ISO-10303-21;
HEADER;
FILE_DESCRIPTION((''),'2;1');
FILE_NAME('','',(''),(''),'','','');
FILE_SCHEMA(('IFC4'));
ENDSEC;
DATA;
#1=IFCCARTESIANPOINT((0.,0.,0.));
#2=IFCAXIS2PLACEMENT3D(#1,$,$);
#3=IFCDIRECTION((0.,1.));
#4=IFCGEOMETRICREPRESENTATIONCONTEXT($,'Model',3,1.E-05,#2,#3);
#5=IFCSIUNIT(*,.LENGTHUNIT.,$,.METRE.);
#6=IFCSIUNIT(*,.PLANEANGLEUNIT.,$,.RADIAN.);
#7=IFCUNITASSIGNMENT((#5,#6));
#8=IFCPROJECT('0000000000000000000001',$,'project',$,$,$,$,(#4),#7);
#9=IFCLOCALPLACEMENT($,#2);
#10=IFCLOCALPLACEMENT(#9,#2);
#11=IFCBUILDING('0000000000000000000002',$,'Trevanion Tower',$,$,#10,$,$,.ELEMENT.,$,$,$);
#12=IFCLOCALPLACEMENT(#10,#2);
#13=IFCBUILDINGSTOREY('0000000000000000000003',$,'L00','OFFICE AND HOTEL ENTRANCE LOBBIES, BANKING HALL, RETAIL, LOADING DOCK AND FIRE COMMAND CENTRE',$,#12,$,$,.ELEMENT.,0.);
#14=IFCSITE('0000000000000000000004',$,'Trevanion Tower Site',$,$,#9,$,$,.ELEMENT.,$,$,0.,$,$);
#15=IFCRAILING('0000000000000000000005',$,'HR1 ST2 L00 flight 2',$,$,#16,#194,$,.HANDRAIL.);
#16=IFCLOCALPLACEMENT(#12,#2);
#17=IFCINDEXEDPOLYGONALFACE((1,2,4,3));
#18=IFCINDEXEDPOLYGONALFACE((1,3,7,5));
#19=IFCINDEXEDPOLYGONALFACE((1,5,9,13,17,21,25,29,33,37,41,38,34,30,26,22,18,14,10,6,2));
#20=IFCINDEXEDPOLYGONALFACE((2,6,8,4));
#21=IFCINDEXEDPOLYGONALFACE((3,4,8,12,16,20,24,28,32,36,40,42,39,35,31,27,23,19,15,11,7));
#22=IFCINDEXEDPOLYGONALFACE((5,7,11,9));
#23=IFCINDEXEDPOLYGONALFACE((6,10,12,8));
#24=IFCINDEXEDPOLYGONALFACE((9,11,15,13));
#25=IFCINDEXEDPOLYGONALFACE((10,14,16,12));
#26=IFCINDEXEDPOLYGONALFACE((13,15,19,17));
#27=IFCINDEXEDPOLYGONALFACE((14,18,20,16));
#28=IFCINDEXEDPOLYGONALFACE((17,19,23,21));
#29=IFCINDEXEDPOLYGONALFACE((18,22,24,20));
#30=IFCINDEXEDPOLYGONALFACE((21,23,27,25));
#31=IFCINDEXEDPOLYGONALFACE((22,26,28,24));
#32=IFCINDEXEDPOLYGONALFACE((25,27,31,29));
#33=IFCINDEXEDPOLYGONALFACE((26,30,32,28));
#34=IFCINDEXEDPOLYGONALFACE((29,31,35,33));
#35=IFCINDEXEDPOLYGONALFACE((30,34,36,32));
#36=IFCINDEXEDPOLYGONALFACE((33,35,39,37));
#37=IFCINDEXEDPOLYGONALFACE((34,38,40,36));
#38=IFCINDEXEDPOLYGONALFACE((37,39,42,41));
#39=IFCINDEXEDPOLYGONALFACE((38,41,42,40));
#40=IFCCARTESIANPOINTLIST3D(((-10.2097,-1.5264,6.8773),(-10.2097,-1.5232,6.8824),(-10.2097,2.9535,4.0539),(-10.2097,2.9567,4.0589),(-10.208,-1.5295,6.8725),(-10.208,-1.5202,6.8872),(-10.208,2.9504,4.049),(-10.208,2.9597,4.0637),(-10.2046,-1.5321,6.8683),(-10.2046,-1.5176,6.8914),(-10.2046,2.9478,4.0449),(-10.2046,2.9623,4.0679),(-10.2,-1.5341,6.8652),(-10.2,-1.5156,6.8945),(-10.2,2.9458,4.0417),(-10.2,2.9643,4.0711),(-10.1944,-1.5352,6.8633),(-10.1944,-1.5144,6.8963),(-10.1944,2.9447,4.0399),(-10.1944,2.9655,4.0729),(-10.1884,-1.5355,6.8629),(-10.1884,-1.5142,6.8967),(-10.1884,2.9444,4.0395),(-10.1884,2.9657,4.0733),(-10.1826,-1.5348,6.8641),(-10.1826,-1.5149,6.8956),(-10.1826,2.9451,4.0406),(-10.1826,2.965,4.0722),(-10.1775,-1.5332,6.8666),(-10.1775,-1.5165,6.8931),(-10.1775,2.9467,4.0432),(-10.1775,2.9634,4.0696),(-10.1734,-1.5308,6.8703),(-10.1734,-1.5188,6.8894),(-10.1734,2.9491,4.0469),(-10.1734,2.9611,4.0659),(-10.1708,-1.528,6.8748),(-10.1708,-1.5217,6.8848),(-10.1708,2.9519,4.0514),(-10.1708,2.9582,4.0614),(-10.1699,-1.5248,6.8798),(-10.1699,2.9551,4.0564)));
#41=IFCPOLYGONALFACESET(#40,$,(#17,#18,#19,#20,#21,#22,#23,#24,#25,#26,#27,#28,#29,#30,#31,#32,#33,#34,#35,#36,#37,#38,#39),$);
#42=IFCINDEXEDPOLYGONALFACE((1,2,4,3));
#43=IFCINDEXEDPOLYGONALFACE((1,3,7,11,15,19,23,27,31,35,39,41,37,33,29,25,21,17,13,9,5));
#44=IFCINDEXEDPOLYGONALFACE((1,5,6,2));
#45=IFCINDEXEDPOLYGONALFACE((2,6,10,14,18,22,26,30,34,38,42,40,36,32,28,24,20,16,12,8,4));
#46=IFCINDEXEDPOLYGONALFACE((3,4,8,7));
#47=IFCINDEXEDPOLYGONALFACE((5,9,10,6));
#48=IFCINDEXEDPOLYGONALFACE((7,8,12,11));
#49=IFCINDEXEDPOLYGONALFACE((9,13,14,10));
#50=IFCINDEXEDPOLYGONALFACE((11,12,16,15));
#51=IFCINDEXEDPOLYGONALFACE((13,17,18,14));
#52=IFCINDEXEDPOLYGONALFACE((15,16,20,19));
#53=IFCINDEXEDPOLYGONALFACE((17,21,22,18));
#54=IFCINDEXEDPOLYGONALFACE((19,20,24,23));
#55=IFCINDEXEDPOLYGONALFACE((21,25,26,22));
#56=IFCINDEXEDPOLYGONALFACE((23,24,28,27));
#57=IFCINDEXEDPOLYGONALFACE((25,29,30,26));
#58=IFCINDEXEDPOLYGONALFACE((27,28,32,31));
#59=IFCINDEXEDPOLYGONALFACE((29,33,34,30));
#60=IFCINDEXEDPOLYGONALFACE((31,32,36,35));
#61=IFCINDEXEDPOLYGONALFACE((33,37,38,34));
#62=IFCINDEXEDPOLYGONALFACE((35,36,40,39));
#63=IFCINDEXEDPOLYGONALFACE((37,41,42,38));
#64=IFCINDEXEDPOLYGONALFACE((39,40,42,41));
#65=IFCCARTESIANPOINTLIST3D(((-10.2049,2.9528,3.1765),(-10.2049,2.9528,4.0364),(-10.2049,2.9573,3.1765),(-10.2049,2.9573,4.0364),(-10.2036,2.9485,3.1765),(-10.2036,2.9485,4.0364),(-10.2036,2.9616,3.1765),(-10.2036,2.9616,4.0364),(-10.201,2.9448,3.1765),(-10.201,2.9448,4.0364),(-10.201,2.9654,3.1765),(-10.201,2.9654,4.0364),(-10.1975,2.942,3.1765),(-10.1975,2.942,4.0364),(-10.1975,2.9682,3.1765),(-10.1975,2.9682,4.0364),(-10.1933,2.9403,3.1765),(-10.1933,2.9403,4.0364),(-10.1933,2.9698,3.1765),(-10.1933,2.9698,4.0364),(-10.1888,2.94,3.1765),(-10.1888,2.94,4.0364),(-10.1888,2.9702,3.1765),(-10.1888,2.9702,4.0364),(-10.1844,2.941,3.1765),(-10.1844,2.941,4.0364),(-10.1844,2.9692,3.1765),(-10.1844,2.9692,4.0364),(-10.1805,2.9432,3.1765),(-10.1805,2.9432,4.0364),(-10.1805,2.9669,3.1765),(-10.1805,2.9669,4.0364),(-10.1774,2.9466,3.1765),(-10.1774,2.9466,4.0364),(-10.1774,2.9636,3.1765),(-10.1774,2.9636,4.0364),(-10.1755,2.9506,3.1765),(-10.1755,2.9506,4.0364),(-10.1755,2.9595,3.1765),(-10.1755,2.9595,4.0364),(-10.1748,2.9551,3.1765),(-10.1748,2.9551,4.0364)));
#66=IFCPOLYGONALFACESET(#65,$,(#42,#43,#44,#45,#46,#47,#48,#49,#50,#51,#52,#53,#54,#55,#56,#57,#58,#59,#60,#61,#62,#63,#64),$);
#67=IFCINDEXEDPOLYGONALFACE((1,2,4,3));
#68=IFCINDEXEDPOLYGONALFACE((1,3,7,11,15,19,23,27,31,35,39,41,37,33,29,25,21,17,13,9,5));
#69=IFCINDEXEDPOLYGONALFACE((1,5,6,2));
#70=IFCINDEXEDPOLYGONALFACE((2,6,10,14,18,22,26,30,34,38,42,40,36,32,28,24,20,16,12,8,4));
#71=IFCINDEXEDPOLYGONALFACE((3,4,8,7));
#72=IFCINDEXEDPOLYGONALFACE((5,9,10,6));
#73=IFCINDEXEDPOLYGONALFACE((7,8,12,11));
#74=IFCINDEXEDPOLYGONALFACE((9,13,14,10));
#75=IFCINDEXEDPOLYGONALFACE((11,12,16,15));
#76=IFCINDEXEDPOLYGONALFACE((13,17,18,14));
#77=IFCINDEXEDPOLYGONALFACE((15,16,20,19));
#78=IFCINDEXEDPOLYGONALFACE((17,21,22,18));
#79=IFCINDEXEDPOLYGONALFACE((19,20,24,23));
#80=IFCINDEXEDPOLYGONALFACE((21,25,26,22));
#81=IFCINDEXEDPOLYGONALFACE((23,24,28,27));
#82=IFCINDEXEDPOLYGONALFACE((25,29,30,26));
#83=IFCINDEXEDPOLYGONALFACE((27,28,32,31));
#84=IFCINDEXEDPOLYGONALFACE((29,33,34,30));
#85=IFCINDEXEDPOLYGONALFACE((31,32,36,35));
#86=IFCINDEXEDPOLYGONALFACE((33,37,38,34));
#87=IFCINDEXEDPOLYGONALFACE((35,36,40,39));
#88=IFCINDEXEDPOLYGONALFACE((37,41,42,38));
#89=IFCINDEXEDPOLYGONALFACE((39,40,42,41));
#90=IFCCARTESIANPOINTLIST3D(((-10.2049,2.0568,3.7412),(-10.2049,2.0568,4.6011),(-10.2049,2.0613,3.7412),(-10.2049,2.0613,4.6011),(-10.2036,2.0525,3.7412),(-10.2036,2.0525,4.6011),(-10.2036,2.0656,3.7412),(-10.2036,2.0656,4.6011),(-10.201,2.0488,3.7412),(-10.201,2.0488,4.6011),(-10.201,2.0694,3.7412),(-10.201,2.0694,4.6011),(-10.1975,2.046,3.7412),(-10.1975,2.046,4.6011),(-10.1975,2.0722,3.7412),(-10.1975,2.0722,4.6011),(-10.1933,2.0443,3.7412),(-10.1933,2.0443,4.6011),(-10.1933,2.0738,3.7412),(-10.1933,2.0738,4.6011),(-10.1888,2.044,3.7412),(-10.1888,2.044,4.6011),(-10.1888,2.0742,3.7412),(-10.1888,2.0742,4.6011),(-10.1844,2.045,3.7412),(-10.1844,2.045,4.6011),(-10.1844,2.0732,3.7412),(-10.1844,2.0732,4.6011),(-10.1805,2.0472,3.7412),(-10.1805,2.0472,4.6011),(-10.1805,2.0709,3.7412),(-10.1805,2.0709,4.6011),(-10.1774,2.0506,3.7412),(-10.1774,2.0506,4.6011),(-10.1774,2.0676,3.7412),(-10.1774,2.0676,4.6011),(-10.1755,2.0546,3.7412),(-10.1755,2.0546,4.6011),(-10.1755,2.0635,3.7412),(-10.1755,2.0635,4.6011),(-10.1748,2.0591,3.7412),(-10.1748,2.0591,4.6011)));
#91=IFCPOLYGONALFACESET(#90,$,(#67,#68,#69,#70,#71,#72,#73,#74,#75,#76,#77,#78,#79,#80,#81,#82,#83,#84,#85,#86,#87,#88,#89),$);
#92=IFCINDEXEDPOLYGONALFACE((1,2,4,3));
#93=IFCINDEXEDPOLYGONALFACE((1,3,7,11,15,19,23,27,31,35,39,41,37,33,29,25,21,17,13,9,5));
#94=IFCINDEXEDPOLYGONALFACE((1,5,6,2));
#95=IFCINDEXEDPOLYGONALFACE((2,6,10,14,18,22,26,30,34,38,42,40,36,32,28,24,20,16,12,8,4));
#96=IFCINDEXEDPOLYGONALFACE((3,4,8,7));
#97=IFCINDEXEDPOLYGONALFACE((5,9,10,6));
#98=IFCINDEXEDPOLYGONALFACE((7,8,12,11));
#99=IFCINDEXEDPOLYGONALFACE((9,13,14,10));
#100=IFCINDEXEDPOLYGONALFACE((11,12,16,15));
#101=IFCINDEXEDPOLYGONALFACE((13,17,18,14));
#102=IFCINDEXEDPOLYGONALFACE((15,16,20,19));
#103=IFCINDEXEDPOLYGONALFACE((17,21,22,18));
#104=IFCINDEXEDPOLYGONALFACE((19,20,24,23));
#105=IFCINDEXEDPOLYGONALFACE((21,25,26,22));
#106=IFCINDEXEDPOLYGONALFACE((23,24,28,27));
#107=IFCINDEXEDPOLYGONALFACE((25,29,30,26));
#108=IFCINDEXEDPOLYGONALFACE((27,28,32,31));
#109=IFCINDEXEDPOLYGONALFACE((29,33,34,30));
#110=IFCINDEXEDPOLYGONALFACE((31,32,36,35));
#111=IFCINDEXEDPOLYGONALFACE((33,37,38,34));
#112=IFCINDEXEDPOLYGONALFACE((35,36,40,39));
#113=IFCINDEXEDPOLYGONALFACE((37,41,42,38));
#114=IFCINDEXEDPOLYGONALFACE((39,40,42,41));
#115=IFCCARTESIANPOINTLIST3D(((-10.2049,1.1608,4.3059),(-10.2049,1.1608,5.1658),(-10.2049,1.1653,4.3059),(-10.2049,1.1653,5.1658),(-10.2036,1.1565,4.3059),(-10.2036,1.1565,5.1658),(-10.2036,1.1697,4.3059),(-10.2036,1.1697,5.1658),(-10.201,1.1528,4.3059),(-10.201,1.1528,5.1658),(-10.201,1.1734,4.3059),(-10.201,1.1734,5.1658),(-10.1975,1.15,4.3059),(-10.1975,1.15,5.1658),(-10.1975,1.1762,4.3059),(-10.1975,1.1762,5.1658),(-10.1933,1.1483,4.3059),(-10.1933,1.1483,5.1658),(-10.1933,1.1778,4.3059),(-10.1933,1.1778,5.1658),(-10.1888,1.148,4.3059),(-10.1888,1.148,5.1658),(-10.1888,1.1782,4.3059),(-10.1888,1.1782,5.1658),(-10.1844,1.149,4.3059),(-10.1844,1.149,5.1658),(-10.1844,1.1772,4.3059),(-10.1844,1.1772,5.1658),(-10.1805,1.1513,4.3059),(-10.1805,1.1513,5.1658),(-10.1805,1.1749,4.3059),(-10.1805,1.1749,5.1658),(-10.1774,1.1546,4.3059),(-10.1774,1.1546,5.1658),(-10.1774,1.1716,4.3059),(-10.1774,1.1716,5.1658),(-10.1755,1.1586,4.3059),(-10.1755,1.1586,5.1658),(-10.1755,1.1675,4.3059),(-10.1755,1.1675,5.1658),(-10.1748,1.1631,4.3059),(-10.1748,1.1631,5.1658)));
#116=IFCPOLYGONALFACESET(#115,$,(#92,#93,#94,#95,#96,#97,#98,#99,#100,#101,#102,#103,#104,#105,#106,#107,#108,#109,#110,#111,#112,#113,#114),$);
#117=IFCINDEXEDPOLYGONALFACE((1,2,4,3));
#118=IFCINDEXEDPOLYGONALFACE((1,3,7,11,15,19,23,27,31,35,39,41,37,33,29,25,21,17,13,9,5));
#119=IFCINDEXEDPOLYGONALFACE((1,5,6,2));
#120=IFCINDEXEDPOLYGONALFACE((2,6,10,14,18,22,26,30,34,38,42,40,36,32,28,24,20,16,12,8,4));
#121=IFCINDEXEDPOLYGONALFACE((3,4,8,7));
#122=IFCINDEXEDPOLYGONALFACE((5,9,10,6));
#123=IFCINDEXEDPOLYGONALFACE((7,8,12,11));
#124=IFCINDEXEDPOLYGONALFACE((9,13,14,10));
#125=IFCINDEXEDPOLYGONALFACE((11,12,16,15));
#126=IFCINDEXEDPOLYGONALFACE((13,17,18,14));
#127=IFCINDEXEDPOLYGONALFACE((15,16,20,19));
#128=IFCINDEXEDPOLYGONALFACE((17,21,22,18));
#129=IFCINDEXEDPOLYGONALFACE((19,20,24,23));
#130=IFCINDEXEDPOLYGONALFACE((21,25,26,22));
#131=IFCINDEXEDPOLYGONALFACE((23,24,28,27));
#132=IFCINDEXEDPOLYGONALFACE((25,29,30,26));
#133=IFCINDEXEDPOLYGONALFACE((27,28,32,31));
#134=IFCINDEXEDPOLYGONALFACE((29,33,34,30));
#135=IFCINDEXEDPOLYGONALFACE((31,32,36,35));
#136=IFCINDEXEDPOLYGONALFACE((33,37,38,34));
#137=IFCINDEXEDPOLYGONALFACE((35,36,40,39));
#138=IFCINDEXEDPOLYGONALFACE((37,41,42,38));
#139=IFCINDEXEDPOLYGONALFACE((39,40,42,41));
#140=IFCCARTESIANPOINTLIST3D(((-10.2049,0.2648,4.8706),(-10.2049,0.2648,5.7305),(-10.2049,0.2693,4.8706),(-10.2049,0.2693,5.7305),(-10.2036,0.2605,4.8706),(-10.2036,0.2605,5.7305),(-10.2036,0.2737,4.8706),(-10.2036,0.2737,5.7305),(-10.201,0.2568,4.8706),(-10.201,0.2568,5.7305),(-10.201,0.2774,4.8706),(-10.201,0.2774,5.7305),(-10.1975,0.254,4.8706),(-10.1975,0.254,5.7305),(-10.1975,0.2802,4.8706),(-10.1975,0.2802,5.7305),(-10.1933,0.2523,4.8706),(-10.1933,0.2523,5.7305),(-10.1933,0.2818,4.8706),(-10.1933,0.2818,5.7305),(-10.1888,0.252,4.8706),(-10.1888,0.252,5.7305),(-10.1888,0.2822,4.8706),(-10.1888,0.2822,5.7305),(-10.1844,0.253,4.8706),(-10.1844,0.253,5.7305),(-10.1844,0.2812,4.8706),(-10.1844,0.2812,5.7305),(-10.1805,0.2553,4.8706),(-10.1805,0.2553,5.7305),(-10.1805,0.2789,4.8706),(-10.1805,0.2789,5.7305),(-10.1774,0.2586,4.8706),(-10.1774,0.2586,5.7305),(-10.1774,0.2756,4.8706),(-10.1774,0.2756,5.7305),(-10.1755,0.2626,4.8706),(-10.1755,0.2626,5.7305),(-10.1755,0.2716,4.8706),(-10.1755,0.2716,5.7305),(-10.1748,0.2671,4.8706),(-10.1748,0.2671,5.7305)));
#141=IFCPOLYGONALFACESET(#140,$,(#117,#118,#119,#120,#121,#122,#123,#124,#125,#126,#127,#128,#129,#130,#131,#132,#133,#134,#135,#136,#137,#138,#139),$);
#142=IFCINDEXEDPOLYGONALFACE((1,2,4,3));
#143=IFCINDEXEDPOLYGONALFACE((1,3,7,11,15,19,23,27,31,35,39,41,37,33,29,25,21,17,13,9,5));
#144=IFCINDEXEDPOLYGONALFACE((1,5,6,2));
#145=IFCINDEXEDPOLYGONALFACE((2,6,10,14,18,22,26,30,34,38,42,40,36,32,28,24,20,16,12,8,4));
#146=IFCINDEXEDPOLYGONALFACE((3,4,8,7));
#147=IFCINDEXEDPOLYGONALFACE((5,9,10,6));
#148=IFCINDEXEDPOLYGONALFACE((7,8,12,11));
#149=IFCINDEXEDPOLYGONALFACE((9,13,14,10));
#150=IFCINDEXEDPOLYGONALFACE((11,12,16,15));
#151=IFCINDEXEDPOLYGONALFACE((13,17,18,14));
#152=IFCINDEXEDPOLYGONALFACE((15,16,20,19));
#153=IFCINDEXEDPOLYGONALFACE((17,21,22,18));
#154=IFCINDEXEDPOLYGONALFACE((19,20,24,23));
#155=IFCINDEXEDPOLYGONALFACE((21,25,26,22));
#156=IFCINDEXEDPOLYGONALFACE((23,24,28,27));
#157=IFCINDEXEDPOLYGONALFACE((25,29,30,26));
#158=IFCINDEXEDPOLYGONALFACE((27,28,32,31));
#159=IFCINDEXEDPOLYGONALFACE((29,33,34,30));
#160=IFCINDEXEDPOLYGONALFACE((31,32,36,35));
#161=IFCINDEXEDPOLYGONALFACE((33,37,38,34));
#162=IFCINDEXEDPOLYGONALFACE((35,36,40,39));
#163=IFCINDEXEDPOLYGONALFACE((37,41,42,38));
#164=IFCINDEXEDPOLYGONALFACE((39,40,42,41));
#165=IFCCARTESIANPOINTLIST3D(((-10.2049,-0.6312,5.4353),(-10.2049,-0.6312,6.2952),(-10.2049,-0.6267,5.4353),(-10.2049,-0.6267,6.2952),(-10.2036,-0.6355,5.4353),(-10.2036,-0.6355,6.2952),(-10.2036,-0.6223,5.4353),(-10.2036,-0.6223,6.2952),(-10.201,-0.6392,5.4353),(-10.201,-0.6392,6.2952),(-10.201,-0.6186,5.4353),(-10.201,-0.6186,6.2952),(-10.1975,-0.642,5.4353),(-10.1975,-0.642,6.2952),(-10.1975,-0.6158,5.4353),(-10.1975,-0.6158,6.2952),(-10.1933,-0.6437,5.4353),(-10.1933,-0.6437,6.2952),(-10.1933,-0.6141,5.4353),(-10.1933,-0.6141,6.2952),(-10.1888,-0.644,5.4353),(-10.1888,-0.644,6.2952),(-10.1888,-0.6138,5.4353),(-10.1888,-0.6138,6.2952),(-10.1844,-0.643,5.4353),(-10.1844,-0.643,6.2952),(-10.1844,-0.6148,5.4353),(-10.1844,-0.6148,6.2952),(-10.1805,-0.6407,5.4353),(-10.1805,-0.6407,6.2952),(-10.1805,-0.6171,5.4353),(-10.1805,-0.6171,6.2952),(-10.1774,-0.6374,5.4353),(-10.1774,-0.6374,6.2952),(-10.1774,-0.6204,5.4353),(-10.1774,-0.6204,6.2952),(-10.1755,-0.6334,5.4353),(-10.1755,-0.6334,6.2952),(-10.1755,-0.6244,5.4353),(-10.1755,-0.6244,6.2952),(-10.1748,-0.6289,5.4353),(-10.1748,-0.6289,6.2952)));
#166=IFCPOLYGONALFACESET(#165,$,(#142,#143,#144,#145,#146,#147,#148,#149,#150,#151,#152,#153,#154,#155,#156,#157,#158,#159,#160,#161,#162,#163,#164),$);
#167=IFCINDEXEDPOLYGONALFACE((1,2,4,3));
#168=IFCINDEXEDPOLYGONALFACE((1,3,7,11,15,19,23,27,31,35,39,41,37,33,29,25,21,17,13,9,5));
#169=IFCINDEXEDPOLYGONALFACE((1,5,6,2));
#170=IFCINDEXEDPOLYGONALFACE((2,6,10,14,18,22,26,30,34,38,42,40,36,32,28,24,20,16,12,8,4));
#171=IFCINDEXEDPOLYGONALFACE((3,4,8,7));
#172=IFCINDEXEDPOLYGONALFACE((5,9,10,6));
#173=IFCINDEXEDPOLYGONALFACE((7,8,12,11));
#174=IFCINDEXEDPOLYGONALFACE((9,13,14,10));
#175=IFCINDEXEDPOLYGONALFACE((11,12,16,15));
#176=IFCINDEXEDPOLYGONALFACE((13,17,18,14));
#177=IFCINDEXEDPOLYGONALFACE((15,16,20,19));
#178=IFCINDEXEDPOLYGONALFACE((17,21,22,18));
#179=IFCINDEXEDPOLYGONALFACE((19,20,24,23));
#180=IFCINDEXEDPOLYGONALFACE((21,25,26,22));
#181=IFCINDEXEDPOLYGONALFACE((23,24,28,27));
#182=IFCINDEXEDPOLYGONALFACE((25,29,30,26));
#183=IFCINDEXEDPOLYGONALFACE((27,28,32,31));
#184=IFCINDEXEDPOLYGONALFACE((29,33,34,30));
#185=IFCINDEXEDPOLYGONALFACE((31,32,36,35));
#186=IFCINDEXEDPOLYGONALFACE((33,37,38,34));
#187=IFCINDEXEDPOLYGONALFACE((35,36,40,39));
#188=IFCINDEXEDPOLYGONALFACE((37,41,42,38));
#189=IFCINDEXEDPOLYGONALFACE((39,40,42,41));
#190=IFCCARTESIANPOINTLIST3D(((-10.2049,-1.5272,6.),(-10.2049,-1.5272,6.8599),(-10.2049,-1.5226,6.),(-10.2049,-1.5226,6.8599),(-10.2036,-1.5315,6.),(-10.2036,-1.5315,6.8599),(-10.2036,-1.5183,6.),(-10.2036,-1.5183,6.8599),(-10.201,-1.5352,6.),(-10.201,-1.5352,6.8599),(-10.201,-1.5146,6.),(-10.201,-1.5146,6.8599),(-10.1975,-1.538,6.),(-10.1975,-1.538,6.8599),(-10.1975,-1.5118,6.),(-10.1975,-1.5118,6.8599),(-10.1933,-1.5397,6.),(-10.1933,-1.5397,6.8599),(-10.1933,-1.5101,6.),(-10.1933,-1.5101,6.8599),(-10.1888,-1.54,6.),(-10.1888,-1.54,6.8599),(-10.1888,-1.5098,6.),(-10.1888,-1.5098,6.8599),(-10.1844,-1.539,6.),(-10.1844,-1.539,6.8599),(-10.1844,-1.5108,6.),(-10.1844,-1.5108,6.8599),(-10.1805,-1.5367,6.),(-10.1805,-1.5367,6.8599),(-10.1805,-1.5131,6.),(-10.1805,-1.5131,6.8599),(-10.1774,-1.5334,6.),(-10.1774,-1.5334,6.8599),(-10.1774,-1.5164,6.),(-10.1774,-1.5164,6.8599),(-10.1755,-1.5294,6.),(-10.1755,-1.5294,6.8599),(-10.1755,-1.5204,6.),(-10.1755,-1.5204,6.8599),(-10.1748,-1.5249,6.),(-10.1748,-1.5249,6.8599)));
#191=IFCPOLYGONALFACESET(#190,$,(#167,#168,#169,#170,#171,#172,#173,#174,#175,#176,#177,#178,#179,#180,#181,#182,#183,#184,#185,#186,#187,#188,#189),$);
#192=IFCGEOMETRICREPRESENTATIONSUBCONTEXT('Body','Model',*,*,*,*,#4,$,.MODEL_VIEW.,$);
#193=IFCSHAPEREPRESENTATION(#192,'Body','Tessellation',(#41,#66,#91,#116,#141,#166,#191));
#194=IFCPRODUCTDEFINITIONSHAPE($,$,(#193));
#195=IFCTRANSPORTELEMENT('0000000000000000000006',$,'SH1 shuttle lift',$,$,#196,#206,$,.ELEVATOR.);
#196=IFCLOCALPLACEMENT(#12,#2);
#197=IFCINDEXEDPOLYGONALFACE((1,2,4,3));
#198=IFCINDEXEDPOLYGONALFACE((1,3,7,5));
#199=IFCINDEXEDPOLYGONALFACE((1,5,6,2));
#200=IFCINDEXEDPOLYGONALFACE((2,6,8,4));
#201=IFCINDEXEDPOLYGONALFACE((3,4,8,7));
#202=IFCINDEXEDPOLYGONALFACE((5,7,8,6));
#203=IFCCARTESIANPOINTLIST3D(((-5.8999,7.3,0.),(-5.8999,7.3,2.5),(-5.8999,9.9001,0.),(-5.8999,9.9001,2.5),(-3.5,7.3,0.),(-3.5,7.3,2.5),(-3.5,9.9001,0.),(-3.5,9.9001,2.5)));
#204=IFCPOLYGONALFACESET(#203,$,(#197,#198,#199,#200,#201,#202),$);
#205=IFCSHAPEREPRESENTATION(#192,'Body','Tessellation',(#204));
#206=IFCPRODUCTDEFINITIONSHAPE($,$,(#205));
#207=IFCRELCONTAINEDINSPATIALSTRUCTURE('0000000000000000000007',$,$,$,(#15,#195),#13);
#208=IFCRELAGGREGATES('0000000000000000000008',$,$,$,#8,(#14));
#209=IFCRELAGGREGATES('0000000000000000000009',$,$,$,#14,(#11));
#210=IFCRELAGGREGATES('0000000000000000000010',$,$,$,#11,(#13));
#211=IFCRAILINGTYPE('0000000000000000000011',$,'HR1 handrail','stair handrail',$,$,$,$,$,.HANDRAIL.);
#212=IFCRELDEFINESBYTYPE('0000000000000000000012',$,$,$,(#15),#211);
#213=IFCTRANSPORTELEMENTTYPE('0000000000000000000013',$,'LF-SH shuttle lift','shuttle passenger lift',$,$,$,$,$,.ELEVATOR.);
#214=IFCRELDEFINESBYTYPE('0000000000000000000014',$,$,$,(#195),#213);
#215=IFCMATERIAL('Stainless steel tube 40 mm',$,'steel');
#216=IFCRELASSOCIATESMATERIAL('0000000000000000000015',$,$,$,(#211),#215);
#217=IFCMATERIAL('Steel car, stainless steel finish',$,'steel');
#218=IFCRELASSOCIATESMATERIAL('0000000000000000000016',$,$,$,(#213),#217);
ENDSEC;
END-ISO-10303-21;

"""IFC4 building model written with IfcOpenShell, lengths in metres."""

from ifc_helpers import new_model, si_unit, direction, frame, origin, origin_2d, place, context, subcontext, project, spatial, rectangle, circle, extrude, material, type_object, element, save


model = new_model("IFC4")

# Units and contexts
model_context = context("Model", 3, precision=1e-05, world=origin(), true_north=direction((0.0, 1.0)))
body_context = subcontext(model_context, "Body", "Model", "MODEL_VIEW")
ifc_project = project(units=[si_unit("LENGTHUNIT", "METRE"), si_unit("PLANEANGLEUNIT", "RADIAN")], contexts=[model_context])

# Site, building, storey
site_placement = place(None, origin())
site = spatial("IfcSite", under=ifc_project, at=site_placement, Name="Trevanion Tower Site", CompositionType="ELEMENT", RefElevation=0.0)
building_placement = place(site_placement, origin())
building = spatial("IfcBuilding", under=site, at=building_placement, Name="Trevanion Tower", CompositionType="ELEMENT")
storey_placement = place(building_placement, origin())
storey = spatial("IfcBuildingStorey", under=building, at=storey_placement, Name="L00", Description="OFFICE AND HOTEL ENTRANCE LOBBIES, BANKING HALL, RETAIL, LOADING DOCK AND FIRE COMMAND CENTRE", CompositionType="ELEMENT", Elevation=0.0)

# Railing
ifc_material_1 = material(Name="Stainless steel tube 40 mm", Category="steel")
railing_type = type_object("IfcRailingType", Name="HR1 handrail", Description="stair handrail", PredefinedType="HANDRAIL", material=ifc_material_1)
for number, where, name in (
    (1, (-10.1899, 2.9551, 3.1765), "HR1 ST2 L00 flight 2"),
):
    element("IfcRailing", number, at=place(storey_placement, frame(where)), inside=storey, type_object=railing_type, Name=name, PredefinedType="HANDRAIL", context=body_context, shape_type="SweptSolid", body=[
        extrude(circle(Radius=0.02, at=origin_2d()), frame((0.0, 0.0, 0.8799), z_axis=(0.0, -0.845998, 0.533186), x_axis=(1.0, 0.0, 0.0)), (0.0, 0.0, 1.0), 5.2954),
        extrude(circle(Radius=0.0151, at=origin_2d()), origin(), (0.0, 0.0, 1.0), 0.8599),
        extrude(circle(Radius=0.0151, at=origin_2d()), frame((0.0, -0.896, 0.5647)), (0.0, 0.0, 1.0), 0.8599),
        extrude(circle(Radius=0.0151, at=origin_2d()), frame((0.0, -1.792, 1.1294)), (0.0, 0.0, 1.0), 0.8599),
        extrude(circle(Radius=0.0151, at=origin_2d()), frame((0.0, -2.688, 1.6941)), (0.0, 0.0, 1.0), 0.8599),
        extrude(circle(Radius=0.0151, at=origin_2d()), frame((0.0, -3.584, 2.2588)), (0.0, 0.0, 1.0), 0.8599),
        extrude(circle(Radius=0.0151, at=origin_2d()), frame((0.0, -4.48, 2.8235)), (0.0, 0.0, 1.0), 0.8599),
    ])

# Transport element
ifc_material_2 = material(Name="Steel car, stainless steel finish", Category="steel")
transport_element_type = type_object("IfcTransportElementType", Name="LF-SH shuttle lift", Description="shuttle passenger lift", PredefinedType="ELEVATOR", material=ifc_material_2)
for number, where, z_axis, x_axis, name in (
    (2, (-4.7, 8.6001, 0.0), (0.0, 0.0, 1.0), (1.0, 0.0, 0.0), "SH1 shuttle lift"),
):
    element("IfcTransportElement", number, at=place(storey_placement, frame(where, z_axis=z_axis, x_axis=x_axis)), inside=storey, type_object=transport_element_type, Name=name, PredefinedType="ELEVATOR", context=body_context, shape_type="SweptSolid", body=[
        extrude(rectangle(XDim=2.3999, YDim=2.6001, at=origin_2d()), origin(), (0.0, 0.0, 1.0), 2.5),
    ])

save(model, "model.ifc")
